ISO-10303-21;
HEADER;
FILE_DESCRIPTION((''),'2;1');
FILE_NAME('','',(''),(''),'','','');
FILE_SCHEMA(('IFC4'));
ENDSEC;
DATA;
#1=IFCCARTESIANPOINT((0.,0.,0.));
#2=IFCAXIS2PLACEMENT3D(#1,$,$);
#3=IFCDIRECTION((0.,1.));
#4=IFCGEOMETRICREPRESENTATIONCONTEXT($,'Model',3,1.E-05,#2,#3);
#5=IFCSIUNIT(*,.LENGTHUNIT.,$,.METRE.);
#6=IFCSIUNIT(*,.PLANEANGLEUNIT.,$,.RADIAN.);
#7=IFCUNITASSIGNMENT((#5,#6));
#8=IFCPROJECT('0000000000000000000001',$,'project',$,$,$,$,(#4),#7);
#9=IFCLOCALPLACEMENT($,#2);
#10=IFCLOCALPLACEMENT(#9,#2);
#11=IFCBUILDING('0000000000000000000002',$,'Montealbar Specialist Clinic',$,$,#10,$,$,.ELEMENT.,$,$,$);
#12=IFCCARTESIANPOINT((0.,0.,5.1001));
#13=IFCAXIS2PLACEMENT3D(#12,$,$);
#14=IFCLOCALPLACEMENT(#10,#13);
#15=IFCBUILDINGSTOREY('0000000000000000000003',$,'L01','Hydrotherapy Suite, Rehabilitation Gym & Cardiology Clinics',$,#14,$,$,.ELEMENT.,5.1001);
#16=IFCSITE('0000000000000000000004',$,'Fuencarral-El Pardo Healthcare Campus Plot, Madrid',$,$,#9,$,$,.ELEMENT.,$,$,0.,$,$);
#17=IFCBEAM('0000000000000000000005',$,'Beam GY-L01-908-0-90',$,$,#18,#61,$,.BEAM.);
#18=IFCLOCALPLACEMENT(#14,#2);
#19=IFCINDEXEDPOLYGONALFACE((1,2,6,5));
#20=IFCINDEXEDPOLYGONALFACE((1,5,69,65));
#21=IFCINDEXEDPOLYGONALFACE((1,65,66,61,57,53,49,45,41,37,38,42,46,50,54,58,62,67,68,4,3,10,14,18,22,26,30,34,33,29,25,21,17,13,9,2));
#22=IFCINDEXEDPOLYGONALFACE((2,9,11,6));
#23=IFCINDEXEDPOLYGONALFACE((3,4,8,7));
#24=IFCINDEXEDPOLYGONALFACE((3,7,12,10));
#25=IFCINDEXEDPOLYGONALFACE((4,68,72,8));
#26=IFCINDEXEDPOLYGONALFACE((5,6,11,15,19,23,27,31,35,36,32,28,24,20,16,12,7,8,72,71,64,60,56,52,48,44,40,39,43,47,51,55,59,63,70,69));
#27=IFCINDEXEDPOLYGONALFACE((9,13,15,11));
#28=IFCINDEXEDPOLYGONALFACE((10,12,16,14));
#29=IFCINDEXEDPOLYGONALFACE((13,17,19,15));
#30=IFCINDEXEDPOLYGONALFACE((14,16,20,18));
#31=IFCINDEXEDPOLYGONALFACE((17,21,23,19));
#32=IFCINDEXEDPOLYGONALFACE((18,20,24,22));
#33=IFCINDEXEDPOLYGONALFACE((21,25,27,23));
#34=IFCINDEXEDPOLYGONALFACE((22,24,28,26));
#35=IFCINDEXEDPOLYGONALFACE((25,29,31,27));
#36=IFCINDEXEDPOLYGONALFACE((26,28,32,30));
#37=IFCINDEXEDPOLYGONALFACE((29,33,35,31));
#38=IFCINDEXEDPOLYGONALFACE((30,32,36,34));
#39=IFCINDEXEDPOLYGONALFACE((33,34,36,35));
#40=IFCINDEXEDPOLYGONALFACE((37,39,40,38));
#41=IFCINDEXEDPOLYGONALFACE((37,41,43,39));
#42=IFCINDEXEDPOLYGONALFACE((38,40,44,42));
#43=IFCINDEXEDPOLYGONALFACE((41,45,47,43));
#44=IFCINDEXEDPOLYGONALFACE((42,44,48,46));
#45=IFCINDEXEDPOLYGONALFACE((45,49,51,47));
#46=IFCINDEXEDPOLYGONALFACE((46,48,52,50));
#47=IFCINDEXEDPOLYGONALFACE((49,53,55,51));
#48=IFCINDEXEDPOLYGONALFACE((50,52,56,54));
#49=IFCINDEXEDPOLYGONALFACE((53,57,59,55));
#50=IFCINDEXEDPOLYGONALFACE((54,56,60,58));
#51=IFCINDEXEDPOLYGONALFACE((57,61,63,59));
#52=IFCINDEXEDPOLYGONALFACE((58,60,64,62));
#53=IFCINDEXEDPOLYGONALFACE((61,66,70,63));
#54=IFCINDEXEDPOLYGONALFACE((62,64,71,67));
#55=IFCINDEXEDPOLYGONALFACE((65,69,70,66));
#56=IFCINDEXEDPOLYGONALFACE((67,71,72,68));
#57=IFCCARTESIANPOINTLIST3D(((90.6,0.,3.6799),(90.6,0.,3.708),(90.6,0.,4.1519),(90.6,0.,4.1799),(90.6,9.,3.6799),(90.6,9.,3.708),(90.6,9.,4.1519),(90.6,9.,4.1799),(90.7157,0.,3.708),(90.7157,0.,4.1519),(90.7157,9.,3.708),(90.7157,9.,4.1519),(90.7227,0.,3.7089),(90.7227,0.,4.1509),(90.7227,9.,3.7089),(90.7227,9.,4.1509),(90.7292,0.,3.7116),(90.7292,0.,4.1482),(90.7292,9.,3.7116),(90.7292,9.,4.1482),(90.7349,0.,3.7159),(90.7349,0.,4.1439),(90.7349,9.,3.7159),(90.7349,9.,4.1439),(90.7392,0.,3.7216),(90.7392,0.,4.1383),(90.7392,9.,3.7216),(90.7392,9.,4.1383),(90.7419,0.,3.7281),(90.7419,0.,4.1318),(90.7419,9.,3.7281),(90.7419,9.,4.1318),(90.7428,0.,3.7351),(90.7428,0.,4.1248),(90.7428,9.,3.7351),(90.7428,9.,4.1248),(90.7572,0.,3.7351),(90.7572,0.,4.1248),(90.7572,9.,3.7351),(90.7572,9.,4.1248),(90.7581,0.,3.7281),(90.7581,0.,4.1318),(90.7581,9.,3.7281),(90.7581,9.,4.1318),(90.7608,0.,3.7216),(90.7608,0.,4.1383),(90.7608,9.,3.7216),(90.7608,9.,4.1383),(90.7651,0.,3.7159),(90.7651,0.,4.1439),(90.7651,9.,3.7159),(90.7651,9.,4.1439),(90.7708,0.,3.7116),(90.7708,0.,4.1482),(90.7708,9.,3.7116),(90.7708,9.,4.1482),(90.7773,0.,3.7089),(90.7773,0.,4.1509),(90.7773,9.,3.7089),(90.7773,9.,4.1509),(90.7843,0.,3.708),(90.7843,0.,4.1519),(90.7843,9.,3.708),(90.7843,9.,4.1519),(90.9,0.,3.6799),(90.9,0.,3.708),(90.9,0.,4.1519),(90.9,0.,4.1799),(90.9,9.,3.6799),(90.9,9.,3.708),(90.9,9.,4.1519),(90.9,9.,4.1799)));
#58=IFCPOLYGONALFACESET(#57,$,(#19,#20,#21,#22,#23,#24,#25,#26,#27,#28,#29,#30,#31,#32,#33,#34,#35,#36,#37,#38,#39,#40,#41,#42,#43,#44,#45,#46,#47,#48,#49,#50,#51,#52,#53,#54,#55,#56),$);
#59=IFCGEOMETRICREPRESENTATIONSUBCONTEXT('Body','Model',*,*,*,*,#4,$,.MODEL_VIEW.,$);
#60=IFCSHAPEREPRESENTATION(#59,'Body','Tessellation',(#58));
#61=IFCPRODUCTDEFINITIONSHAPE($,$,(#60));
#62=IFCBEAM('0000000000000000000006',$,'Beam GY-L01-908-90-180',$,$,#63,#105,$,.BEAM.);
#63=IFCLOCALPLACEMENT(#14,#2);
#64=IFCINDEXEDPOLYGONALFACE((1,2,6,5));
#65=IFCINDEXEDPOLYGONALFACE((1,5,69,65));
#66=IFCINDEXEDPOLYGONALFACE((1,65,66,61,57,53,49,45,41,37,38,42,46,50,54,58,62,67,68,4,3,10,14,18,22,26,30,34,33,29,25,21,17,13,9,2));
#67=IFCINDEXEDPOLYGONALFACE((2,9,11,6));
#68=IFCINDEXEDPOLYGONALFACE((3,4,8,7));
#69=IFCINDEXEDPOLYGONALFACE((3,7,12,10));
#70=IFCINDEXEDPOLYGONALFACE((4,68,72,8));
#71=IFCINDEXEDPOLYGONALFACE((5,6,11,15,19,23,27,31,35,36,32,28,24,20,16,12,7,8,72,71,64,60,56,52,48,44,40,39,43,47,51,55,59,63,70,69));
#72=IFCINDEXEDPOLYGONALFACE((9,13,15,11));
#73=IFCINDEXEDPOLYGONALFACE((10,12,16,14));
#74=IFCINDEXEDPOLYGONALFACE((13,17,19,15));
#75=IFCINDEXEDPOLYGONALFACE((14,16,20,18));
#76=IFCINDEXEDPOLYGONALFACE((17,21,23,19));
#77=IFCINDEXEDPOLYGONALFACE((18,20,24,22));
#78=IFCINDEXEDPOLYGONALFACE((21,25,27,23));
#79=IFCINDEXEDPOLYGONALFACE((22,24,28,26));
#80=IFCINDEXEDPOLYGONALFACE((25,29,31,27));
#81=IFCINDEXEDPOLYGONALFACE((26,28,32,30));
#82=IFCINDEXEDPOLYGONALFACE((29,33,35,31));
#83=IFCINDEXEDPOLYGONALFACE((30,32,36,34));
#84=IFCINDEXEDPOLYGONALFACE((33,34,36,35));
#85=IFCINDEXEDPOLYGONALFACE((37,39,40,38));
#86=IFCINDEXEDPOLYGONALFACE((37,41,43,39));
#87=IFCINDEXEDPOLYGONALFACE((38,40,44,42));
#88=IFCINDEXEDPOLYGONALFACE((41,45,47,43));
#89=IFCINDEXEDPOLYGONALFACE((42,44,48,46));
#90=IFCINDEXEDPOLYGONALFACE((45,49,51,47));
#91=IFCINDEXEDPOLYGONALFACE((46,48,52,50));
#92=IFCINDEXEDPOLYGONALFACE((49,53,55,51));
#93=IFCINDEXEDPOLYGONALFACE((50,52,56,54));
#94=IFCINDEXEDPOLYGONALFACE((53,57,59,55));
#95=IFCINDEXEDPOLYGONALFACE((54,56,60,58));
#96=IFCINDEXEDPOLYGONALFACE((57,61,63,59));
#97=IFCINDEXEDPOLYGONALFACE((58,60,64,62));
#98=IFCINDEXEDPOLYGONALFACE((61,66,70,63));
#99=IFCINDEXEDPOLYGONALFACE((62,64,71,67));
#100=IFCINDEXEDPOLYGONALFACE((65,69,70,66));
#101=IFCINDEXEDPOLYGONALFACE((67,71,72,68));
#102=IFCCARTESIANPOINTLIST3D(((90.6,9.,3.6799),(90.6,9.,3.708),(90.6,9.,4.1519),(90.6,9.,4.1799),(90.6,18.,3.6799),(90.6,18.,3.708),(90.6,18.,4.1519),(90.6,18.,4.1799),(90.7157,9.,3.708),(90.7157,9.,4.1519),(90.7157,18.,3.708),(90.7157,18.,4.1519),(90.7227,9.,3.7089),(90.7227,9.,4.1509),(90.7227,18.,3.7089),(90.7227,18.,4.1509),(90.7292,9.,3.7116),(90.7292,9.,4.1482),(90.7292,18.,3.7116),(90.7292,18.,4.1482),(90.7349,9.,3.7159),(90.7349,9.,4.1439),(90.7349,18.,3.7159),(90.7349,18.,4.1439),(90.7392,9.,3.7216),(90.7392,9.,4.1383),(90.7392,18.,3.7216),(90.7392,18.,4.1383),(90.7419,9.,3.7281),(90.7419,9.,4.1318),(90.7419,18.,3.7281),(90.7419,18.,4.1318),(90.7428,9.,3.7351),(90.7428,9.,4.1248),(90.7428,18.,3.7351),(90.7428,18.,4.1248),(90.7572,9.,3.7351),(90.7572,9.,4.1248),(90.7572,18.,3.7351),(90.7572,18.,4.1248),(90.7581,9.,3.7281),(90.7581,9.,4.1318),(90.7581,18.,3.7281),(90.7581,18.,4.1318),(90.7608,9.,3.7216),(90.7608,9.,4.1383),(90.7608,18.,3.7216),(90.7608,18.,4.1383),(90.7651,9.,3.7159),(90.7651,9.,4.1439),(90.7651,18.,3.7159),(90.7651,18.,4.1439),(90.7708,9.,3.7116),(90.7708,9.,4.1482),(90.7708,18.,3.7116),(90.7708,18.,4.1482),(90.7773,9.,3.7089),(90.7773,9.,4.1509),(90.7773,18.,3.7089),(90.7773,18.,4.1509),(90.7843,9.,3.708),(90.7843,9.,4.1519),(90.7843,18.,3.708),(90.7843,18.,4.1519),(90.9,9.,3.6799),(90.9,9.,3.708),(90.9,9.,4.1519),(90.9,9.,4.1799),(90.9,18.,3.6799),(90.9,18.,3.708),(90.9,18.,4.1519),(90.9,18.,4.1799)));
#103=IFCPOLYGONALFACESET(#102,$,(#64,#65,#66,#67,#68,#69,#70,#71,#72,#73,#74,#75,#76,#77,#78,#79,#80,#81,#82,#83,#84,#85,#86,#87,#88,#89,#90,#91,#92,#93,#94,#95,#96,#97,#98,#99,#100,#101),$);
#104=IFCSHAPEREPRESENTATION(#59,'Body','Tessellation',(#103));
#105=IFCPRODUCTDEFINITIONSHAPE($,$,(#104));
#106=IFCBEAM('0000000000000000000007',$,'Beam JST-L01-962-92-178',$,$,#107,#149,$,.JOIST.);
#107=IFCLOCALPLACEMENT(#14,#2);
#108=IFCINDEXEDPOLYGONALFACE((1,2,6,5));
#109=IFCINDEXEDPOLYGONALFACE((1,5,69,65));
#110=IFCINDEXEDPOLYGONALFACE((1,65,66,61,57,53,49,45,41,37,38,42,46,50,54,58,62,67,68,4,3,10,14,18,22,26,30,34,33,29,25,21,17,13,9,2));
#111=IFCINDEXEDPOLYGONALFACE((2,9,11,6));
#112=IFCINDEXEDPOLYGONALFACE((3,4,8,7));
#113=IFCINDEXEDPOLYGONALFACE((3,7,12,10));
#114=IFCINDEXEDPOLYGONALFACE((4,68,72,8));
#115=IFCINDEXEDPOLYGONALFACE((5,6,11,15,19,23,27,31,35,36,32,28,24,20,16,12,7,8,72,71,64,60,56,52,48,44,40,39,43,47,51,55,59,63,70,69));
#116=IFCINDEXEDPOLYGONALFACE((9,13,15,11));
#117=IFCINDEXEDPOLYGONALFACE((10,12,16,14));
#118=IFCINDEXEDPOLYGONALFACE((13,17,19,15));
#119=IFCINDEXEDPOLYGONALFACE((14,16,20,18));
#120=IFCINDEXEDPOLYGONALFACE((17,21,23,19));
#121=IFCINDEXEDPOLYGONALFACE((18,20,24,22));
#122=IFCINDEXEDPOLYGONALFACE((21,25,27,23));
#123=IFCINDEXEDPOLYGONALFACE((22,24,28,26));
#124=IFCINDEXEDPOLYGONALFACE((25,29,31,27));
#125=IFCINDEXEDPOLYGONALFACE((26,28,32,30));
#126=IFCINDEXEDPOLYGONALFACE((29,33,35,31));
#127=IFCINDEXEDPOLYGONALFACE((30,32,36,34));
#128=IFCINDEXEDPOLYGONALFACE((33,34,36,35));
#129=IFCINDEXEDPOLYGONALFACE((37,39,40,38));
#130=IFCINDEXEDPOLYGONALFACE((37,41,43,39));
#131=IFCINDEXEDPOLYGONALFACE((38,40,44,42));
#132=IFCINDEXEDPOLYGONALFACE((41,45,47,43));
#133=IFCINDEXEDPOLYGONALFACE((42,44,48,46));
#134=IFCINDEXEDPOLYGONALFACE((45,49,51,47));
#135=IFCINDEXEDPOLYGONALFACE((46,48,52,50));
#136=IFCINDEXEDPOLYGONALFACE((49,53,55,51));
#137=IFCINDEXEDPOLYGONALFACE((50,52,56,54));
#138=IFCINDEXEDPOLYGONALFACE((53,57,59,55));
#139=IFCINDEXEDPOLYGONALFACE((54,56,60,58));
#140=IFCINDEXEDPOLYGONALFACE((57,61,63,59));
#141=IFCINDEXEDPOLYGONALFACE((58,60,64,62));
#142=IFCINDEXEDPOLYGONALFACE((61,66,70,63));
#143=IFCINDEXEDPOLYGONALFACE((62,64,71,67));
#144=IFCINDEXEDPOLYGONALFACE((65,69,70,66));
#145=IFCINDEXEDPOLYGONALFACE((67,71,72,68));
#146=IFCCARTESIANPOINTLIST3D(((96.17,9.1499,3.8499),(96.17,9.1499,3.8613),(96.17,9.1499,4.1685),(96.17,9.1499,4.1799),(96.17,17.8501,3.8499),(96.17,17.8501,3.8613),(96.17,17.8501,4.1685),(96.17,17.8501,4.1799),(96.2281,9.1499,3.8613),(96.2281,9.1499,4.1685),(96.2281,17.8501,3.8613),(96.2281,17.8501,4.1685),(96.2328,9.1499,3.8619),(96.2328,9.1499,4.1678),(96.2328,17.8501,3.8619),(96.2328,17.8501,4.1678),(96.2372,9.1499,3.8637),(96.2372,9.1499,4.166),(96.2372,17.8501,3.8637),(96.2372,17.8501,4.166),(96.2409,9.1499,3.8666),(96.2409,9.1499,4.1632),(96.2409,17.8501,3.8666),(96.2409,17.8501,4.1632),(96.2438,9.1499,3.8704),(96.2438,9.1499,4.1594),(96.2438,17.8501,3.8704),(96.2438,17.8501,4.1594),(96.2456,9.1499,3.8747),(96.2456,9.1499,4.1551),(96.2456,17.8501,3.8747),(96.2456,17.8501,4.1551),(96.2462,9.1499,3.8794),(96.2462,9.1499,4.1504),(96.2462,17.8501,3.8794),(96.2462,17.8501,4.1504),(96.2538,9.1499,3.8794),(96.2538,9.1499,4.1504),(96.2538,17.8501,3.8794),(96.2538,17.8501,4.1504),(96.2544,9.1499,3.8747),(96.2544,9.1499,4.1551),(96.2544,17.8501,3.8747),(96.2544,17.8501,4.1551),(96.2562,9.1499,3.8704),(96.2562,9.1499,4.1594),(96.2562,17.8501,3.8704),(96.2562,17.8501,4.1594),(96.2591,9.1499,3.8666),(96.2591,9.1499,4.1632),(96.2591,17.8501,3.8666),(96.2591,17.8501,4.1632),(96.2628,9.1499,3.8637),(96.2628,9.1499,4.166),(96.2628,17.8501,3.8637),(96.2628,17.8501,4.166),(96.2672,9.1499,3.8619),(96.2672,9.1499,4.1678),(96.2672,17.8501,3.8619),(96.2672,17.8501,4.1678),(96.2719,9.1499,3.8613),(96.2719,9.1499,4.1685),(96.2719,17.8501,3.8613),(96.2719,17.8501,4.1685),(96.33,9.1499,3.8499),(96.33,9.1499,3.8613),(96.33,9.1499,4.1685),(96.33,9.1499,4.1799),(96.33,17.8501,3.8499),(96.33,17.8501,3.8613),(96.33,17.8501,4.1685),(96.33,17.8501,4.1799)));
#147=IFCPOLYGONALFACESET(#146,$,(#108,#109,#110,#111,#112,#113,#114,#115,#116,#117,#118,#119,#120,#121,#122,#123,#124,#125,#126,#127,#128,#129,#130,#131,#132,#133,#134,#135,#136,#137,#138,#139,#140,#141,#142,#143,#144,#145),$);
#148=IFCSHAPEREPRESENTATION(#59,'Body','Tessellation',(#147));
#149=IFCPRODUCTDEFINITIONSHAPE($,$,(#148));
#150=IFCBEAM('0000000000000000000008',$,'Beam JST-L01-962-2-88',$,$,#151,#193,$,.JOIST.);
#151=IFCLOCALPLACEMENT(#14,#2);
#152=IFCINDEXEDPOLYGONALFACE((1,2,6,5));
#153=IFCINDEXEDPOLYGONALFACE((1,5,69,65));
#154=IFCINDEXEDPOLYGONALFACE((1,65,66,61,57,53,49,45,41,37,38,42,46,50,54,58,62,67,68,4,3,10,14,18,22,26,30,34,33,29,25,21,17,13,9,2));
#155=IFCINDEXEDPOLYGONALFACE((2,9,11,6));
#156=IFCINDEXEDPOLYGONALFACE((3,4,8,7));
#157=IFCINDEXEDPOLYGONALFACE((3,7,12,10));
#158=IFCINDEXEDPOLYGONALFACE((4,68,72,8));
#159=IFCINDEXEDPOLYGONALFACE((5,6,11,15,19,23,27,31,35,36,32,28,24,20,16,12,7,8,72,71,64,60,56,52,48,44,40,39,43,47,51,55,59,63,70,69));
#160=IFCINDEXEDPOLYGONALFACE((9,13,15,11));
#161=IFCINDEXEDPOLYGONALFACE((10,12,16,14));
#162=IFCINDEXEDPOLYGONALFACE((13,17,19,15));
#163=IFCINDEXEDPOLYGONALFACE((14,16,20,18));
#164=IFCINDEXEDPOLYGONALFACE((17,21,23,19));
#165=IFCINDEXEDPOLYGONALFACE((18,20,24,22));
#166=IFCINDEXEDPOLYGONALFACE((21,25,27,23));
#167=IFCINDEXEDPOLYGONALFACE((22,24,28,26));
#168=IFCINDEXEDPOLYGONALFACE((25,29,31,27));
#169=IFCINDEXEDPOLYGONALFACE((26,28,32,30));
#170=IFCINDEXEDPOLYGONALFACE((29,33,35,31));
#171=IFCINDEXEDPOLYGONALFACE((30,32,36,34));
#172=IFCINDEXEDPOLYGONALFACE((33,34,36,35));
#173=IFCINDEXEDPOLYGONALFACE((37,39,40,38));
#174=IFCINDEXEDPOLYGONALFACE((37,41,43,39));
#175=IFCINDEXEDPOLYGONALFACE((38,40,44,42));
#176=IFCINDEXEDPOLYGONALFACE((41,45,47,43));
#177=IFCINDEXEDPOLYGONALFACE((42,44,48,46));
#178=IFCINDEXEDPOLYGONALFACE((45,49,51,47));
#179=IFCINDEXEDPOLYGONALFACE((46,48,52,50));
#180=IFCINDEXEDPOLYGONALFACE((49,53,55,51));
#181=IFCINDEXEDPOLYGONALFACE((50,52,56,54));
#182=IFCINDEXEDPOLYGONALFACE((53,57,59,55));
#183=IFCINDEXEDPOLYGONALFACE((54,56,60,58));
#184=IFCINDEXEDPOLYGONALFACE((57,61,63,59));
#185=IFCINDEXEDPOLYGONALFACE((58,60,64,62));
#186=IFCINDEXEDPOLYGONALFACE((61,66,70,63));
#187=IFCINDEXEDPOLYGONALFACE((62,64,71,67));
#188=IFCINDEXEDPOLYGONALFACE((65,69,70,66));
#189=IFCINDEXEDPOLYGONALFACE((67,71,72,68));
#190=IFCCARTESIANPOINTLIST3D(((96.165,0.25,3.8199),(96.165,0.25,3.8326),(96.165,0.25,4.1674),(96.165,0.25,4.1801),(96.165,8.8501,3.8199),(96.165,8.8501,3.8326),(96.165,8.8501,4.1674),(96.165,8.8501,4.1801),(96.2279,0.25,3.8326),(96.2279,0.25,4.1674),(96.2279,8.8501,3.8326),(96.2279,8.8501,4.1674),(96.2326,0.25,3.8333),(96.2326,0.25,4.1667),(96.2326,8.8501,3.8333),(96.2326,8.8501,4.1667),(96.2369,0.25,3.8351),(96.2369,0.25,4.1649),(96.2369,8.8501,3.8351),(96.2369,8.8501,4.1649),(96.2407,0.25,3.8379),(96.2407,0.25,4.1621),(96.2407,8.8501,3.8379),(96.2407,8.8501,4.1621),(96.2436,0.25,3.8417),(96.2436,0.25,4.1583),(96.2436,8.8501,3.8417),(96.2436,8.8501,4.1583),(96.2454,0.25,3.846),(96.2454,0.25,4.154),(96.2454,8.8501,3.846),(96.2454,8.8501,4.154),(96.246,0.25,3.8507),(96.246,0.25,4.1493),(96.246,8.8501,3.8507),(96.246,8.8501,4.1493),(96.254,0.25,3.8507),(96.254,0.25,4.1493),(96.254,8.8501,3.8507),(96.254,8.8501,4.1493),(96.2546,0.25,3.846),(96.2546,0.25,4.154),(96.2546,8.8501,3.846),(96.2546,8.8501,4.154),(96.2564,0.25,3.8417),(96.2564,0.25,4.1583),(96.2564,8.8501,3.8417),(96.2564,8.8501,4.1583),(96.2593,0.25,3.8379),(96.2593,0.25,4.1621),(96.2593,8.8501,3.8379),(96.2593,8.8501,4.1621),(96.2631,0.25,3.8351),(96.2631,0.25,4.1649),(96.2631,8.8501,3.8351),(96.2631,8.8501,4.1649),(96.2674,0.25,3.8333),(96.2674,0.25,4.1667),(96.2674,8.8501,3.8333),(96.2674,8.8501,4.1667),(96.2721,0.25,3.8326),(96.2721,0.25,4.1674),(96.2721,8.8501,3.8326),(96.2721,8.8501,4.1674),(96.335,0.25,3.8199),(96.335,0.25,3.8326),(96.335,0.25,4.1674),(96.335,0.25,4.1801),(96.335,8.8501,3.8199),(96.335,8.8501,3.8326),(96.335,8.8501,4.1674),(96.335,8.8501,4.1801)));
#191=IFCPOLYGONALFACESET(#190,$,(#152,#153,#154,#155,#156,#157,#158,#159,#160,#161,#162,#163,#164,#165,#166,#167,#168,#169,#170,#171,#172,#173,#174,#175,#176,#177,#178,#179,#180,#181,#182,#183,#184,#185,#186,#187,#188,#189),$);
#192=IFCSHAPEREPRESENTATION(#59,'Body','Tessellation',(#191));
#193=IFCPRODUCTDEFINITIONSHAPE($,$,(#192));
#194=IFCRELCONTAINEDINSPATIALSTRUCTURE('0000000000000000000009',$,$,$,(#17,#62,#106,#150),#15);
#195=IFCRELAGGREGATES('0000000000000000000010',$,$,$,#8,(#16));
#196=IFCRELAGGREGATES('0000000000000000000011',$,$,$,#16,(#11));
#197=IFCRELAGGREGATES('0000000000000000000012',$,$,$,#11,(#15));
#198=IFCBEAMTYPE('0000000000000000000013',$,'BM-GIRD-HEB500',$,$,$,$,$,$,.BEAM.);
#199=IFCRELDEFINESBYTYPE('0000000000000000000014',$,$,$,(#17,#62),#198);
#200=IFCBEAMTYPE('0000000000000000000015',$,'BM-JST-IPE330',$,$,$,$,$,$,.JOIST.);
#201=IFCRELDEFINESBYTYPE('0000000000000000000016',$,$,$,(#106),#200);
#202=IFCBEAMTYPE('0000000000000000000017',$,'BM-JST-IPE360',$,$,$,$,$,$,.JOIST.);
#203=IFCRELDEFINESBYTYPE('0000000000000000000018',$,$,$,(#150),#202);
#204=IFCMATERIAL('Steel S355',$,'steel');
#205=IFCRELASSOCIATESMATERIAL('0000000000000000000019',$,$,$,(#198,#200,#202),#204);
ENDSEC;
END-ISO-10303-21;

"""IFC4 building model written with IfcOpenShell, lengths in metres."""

from ifc_helpers import new_model, si_unit, direction, frame, origin, origin_2d, place, context, subcontext, project, spatial, i_section, extrude, material, material_profile, profile_set, type_object, element, save


model = new_model("IFC4")

# Units and contexts
model_context = context("Model", 3, precision=1e-05, world=origin(), true_north=direction((0.0, 1.0)))
body_context = subcontext(model_context, "Body", "Model", "MODEL_VIEW")
ifc_project = project(units=[si_unit("LENGTHUNIT", "METRE"), si_unit("PLANEANGLEUNIT", "RADIAN")], contexts=[model_context])

# Site, building, storey
site_placement = place(None, origin())
site = spatial("IfcSite", under=ifc_project, at=site_placement, Name="Fuencarral-El Pardo Healthcare Campus Plot, Madrid", CompositionType="ELEMENT", RefElevation=0.0)
building_placement = place(site_placement, origin())
building = spatial("IfcBuilding", under=site, at=building_placement, Name="Montealbar Specialist Clinic", CompositionType="ELEMENT")
storey_placement = place(building_placement, frame((0.0, 0.0, 5.1001)))
storey = spatial("IfcBuildingStorey", under=building, at=storey_placement, Name="L01", Description="Hydrotherapy Suite, Rehabilitation Gym & Cardiology Clinics", CompositionType="ELEMENT", Elevation=5.1001)

# Shared definitions
ifc_material_1 = material(Name="Steel S355", Category="steel")

# Beams
ifc_material_profile_1 = material_profile(ifc_material_1, i_section(OverallWidth=0.3, OverallDepth=0.5, WebThickness=0.0144, FlangeThickness=0.0281, FilletRadius=0.0271, at=origin_2d()), Name="HEB 500", Category="steel")
ifc_profile_set_1 = profile_set([ifc_material_profile_1], Name="Steel S355")
beam_type_1 = type_object("IfcBeamType", Name="BM-GIRD-HEB500", PredefinedType="BEAM", material=ifc_profile_set_1)
for number, where, z_axis, x_axis, name in (
    (1, (90.75, 0.0, 3.9299), (0.0, 1.0, 0.0), (-1.0, 0.0, 0.0), "Beam GY-L01-908-0-90"),
    (2, (90.75, 9.0, 3.9299), (0.0, 1.0, 0.0), (-1.0, 0.0, 0.0), "Beam GY-L01-908-90-180"),
):
    element("IfcBeam", number, at=place(storey_placement, frame(where, z_axis=z_axis, x_axis=x_axis)), inside=storey, type_object=beam_type_1, Name=name, PredefinedType="BEAM", context=body_context, shape_type="SweptSolid", body=[
        extrude(i_section(OverallWidth=0.3, OverallDepth=0.5, WebThickness=0.0144, FlangeThickness=0.0281, FilletRadius=0.0271, at=origin_2d()), origin(), (0.0, 0.0, 1.0), 9.0),
    ])
ifc_material_profile_2 = material_profile(ifc_material_1, i_section(OverallWidth=0.1599, OverallDepth=0.3301, WebThickness=0.0076, FlangeThickness=0.0115, FilletRadius=0.0181, at=origin_2d()), Name="IPE 330", Category="steel")
ifc_profile_set_2 = profile_set([ifc_material_profile_2], Name="Steel S355")
beam_type_2 = type_object("IfcBeamType", Name="BM-JST-IPE330", PredefinedType="JOIST", material=ifc_profile_set_2)
beam_1_placement = place(storey_placement, frame((96.25, 9.1499, 4.0149), z_axis=(0.0, 1.0, 0.0), x_axis=(-1.0, 0.0, 0.0)))
element("IfcBeam", 3, at=beam_1_placement, inside=storey, type_object=beam_type_2, Name="Beam JST-L01-962-92-178", PredefinedType="JOIST", context=body_context, shape_type="SweptSolid", body=[
    extrude(i_section(OverallWidth=0.1599, OverallDepth=0.3301, WebThickness=0.0076, FlangeThickness=0.0115, FilletRadius=0.0181, at=origin_2d()), origin(), (0.0, 0.0, 1.0), 8.7002),
])
ifc_material_profile_3 = material_profile(ifc_material_1, i_section(OverallWidth=0.1699, OverallDepth=0.3601, WebThickness=0.0081, FlangeThickness=0.0127, FilletRadius=0.0181, at=origin_2d()), Name="IPE 360", Category="steel")
ifc_profile_set_3 = profile_set([ifc_material_profile_3], Name="Steel S355")
beam_type_3 = type_object("IfcBeamType", Name="BM-JST-IPE360", PredefinedType="JOIST", material=ifc_profile_set_3)
beam_2_placement = place(storey_placement, frame((96.25, 0.25, 4.0), z_axis=(0.0, 1.0, 0.0), x_axis=(-1.0, 0.0, 0.0)))
element("IfcBeam", 4, at=beam_2_placement, inside=storey, type_object=beam_type_3, Name="Beam JST-L01-962-2-88", PredefinedType="JOIST", context=body_context, shape_type="SweptSolid", body=[
    extrude(i_section(OverallWidth=0.1699, OverallDepth=0.3601, WebThickness=0.0081, FlangeThickness=0.0127, FilletRadius=0.0181, at=origin_2d()), origin(), (0.0, 0.0, 1.0), 8.6001),
])

save(model, "model.ifc")
